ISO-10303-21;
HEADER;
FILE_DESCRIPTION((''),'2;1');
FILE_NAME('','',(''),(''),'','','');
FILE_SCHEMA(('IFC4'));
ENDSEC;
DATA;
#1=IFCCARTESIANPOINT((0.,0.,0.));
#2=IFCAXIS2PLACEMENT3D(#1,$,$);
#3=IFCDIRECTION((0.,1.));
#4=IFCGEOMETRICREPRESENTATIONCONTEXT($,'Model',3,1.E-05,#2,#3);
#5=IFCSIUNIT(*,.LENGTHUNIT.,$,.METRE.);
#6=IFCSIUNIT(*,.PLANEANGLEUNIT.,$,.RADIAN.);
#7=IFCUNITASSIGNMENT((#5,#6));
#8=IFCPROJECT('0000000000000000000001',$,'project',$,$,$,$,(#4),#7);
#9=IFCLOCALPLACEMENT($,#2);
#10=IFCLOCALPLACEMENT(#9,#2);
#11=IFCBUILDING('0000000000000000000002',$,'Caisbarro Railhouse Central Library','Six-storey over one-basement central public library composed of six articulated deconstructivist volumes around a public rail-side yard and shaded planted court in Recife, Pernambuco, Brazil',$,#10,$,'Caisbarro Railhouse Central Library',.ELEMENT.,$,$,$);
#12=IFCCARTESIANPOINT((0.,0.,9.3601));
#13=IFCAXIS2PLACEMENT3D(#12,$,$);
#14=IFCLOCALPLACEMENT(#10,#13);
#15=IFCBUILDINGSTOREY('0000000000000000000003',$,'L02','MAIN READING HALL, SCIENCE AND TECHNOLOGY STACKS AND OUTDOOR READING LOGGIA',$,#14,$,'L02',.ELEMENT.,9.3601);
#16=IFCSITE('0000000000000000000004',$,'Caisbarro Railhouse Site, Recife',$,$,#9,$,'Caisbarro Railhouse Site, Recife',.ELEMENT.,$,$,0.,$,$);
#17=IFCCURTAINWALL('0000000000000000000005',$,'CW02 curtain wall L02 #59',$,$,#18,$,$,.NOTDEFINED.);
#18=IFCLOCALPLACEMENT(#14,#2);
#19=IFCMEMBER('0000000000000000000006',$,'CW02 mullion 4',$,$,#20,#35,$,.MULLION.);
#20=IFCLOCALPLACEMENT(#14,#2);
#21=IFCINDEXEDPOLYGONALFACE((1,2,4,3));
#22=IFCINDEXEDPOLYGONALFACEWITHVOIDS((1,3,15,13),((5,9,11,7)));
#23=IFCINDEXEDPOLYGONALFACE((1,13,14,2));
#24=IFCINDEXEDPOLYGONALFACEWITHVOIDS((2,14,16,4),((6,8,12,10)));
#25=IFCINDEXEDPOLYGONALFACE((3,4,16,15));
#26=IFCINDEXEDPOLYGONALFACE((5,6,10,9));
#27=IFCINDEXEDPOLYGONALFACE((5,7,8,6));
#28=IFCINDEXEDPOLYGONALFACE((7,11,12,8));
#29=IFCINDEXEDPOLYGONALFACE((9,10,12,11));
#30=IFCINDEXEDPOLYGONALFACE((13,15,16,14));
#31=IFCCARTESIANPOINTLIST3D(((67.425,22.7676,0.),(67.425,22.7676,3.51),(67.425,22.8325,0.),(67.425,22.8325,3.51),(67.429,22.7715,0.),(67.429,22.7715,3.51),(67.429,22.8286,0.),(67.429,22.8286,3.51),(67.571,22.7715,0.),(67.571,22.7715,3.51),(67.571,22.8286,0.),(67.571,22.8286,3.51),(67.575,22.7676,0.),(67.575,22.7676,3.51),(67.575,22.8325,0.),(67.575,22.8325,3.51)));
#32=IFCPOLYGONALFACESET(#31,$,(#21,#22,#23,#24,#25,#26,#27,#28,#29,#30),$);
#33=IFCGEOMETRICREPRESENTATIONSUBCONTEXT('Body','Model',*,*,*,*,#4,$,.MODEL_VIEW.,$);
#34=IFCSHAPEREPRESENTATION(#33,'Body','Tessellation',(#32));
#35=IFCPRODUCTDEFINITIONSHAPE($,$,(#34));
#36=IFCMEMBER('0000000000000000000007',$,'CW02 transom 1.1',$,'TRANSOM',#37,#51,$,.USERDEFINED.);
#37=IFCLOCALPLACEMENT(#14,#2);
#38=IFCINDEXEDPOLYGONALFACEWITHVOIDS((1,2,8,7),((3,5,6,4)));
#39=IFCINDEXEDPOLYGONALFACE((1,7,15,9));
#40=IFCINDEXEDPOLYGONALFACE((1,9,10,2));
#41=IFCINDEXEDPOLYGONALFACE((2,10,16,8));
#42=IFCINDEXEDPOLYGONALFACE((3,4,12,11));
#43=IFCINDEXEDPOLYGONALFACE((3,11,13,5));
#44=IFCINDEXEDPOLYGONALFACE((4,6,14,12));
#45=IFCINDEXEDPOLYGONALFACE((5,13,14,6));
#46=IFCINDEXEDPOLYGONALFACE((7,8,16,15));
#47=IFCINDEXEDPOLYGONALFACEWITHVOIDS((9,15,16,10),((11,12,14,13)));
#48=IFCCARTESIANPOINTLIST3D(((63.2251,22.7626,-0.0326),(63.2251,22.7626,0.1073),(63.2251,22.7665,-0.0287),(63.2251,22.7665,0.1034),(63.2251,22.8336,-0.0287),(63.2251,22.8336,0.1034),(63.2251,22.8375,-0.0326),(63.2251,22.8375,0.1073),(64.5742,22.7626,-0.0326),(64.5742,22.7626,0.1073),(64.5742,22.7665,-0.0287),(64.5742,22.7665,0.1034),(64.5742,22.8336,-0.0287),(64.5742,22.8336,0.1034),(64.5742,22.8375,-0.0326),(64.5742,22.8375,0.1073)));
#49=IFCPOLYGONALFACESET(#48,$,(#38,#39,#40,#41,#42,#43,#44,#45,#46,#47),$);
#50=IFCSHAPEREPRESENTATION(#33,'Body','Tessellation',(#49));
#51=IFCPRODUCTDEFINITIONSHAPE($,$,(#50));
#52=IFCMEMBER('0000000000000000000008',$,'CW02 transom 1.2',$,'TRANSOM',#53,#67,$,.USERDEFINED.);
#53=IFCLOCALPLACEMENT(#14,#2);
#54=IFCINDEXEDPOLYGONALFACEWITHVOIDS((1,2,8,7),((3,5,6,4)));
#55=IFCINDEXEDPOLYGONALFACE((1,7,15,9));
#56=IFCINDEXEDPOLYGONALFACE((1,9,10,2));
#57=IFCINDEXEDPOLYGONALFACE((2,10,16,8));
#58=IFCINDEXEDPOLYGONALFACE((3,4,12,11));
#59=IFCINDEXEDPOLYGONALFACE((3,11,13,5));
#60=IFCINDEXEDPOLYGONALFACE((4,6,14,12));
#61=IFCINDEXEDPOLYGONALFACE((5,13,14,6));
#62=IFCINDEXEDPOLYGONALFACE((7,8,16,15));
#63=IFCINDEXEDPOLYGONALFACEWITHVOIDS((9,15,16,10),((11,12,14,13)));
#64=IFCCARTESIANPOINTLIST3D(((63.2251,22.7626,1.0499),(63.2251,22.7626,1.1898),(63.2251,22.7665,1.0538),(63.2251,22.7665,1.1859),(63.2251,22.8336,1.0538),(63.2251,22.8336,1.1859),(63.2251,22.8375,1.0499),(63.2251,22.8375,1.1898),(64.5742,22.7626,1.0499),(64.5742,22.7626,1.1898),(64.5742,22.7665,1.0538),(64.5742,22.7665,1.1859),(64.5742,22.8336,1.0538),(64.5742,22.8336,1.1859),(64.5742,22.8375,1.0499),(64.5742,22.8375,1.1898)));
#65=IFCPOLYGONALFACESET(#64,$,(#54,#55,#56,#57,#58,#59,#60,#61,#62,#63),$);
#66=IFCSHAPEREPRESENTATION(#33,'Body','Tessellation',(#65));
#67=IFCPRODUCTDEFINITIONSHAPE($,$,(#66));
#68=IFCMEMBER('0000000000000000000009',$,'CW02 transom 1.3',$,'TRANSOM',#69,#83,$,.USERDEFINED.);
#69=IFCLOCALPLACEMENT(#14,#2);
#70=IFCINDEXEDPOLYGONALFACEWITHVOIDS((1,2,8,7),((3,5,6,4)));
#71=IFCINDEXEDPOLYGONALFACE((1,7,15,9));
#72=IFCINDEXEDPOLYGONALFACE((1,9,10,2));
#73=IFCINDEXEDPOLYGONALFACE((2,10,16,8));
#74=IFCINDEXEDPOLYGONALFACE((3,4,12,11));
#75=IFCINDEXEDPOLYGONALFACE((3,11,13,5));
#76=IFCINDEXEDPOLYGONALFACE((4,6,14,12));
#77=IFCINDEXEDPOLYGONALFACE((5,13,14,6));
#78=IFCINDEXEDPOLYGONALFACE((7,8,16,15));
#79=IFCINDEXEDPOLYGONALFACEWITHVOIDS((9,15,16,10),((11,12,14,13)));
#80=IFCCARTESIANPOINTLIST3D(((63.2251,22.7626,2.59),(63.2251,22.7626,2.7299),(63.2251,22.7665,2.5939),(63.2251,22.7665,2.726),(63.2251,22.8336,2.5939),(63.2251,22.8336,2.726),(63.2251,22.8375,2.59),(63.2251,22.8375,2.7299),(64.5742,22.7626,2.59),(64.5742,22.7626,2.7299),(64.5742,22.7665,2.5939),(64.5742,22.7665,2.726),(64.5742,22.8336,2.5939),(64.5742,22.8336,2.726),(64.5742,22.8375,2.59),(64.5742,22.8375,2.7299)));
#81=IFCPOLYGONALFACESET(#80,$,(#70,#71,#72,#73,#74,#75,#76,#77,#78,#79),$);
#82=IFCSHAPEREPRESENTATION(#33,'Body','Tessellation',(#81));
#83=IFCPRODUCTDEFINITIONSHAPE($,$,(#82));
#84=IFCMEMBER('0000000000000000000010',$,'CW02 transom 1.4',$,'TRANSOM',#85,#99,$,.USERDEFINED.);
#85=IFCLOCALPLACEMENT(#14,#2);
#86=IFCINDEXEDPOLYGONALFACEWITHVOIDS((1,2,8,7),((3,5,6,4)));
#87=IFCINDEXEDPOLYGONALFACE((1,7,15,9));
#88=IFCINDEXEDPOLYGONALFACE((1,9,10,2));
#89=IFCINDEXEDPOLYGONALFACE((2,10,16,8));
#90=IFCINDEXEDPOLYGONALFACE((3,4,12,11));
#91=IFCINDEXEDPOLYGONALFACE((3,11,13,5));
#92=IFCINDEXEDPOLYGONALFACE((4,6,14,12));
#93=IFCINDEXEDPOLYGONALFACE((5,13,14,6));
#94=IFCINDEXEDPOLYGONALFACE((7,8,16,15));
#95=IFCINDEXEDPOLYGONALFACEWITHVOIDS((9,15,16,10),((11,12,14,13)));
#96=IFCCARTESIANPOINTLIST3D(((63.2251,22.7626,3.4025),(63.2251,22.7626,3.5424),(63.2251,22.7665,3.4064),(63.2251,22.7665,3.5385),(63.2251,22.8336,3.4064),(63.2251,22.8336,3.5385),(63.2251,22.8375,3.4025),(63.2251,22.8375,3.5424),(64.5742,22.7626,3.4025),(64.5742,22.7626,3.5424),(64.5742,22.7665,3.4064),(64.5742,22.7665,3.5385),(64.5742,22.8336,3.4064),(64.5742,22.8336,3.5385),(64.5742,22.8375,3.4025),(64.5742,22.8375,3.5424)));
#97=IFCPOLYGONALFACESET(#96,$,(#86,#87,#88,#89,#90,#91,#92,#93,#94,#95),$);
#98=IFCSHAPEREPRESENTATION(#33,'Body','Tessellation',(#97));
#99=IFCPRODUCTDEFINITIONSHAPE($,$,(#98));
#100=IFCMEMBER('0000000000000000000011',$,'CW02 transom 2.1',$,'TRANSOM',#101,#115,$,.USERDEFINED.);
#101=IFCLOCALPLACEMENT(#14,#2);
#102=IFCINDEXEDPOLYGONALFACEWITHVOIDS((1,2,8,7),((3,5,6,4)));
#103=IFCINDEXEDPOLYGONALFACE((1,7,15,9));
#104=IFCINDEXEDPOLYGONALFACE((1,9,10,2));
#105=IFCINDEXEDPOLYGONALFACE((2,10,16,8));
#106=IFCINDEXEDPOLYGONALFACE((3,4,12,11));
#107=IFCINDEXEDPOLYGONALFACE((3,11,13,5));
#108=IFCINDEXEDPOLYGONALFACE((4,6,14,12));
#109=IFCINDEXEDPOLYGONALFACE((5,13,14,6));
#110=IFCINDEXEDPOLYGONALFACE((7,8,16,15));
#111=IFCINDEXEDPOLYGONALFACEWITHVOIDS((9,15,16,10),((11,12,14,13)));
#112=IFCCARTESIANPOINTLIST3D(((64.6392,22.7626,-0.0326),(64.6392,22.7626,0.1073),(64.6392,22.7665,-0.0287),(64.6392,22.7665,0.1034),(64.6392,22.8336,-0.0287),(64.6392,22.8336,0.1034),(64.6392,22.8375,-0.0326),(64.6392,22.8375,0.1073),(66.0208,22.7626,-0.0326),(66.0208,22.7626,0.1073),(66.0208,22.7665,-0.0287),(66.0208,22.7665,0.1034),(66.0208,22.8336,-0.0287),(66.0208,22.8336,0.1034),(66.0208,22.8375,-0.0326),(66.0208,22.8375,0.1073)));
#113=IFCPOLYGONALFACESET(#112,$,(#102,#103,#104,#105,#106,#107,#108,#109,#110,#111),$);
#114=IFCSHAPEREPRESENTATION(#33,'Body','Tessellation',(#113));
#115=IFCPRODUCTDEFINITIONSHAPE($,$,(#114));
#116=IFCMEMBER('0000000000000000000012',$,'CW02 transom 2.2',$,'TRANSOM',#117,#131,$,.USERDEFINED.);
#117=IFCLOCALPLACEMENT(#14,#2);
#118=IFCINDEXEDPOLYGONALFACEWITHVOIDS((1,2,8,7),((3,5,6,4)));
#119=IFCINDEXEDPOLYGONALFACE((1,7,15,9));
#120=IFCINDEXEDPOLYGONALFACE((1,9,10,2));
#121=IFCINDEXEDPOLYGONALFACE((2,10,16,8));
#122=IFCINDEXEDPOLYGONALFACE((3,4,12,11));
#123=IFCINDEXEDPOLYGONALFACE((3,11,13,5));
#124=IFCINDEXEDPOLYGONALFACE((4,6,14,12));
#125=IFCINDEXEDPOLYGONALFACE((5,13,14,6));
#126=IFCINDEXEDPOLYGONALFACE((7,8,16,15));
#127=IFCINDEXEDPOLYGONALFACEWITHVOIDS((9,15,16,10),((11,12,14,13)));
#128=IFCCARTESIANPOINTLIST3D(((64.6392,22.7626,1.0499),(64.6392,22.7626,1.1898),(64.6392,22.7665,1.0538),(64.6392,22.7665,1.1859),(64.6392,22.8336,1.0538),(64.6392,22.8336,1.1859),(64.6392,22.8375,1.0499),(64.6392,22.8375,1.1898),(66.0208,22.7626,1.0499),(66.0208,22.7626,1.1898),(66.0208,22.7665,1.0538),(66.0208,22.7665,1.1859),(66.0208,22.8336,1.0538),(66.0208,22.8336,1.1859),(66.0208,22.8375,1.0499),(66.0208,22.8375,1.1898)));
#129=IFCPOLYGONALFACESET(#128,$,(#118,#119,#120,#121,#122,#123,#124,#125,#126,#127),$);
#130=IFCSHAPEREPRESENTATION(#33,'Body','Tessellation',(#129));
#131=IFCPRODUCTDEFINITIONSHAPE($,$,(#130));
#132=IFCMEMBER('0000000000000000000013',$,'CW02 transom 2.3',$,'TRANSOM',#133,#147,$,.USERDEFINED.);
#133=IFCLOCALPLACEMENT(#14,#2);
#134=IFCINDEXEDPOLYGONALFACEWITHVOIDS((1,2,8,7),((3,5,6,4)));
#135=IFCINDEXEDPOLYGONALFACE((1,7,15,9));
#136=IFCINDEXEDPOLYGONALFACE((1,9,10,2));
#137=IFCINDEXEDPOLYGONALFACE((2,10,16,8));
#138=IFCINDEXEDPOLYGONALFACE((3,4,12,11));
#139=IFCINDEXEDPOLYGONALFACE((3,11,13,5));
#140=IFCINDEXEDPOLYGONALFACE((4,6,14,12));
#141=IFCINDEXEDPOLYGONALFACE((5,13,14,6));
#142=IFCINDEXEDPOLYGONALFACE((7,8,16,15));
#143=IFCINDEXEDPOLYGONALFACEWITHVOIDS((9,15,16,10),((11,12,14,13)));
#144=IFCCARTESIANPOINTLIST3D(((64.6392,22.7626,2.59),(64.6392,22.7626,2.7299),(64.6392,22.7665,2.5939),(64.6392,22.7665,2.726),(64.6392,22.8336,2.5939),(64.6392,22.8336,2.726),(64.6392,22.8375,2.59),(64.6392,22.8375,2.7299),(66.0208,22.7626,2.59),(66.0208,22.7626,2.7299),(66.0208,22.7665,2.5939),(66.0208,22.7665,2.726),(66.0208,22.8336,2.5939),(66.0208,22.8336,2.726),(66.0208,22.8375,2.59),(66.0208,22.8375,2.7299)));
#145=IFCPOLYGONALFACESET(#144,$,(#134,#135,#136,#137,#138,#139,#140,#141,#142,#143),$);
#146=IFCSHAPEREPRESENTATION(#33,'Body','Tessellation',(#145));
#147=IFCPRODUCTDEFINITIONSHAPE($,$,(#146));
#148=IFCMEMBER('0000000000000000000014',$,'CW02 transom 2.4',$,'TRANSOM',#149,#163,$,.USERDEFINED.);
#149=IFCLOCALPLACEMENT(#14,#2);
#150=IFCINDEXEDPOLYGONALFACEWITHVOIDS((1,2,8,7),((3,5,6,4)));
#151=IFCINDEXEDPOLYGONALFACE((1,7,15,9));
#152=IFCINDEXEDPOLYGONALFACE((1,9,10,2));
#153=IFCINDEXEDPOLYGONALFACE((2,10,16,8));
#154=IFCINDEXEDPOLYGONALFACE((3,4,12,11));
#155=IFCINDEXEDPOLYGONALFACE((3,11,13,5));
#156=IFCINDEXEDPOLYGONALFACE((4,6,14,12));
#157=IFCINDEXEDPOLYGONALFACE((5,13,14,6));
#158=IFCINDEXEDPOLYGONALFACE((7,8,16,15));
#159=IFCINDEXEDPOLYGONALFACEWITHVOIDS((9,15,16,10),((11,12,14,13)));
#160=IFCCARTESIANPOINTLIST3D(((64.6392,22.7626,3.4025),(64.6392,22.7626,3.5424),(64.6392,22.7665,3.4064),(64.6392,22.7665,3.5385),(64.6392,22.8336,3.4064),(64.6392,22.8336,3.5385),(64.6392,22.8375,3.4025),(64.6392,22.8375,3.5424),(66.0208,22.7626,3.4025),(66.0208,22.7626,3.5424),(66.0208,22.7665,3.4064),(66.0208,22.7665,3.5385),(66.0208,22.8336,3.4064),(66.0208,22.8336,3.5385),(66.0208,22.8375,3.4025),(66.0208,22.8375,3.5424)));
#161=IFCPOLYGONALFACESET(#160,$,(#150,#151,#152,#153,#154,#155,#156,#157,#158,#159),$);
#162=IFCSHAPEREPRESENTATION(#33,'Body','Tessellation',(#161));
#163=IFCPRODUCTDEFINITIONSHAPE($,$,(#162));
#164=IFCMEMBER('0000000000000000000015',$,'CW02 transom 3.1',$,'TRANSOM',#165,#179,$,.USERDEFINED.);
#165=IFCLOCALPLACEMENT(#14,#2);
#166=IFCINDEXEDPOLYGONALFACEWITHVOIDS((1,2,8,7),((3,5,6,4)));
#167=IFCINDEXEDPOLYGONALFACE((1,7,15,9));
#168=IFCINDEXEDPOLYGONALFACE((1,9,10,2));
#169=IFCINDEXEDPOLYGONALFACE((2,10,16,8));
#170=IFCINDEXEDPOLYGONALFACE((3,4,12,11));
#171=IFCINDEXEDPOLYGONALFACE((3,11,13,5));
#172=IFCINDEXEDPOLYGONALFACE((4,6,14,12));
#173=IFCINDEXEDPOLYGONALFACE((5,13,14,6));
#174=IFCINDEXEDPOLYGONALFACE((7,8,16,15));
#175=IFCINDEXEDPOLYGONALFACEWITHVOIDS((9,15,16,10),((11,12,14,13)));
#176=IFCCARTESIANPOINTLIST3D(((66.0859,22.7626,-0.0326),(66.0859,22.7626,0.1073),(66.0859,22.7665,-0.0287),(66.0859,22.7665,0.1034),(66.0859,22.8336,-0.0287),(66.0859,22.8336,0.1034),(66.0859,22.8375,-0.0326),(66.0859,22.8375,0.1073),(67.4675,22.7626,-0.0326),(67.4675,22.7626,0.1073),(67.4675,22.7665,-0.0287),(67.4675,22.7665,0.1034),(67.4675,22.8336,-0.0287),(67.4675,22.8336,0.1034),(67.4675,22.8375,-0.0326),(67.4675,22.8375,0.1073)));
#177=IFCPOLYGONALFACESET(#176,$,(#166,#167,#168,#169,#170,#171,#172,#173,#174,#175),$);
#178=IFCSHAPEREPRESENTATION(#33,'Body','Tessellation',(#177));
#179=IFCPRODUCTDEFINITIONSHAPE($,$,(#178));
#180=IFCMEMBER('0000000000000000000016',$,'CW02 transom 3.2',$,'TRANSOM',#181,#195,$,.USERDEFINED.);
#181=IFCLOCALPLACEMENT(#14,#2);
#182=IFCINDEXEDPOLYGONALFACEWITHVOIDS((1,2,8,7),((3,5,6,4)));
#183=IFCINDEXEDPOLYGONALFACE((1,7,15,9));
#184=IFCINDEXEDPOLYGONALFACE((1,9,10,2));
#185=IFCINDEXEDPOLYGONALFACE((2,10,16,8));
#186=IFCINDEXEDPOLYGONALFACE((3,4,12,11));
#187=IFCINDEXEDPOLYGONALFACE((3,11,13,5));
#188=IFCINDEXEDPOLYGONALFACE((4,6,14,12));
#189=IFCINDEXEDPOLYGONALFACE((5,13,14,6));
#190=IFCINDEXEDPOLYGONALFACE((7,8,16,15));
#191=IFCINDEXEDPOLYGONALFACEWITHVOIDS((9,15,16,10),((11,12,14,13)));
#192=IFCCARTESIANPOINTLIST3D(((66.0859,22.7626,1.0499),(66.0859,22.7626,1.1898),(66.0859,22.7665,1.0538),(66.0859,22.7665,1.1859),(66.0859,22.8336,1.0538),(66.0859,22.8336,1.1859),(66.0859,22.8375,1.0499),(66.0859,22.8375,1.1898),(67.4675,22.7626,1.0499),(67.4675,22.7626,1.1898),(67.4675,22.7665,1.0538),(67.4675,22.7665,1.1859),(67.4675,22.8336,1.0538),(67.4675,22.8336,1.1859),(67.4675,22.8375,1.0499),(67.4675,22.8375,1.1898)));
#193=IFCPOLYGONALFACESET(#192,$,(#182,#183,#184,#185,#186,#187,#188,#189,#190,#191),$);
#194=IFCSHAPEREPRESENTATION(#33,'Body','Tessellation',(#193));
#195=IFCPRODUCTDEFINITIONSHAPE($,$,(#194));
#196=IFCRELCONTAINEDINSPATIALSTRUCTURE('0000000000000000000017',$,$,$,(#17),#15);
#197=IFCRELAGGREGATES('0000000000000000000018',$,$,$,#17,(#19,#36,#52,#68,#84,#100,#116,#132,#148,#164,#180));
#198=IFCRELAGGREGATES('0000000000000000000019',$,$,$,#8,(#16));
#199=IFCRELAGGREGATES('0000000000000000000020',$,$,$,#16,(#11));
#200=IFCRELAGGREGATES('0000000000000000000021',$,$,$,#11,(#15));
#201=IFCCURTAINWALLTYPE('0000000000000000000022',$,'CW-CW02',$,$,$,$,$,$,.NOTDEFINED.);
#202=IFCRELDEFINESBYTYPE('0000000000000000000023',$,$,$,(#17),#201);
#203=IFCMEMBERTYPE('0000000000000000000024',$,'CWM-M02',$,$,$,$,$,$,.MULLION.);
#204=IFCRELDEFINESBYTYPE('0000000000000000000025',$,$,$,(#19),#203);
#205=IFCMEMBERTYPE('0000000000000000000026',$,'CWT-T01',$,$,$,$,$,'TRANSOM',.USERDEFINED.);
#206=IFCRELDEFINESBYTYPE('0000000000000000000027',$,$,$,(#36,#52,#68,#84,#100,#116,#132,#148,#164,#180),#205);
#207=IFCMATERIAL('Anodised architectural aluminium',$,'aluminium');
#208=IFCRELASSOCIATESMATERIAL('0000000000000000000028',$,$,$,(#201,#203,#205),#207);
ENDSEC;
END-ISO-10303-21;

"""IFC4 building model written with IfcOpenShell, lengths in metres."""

from ifc_helpers import new_model, si_unit, direction, frame, origin, origin_2d, place, context, subcontext, project, spatial, hollow_rectangle, extrude, material, material_profile, profile_set, type_object, element, aggregate, save


model = new_model("IFC4")

# Units and contexts
model_context = context("Model", 3, precision=1e-05, world=origin(), true_north=direction((0.0, 1.0)))
body_context = subcontext(model_context, "Body", "Model", "MODEL_VIEW")
ifc_project = project(units=[si_unit("LENGTHUNIT", "METRE"), si_unit("PLANEANGLEUNIT", "RADIAN")], contexts=[model_context])

# Site, building, storey
site_placement = place(None, origin())
site = spatial("IfcSite", under=ifc_project, at=site_placement, Name="Caisbarro Railhouse Site, Recife", LongName="Caisbarro Railhouse Site, Recife", CompositionType="ELEMENT", RefElevation=0.0)
building_placement = place(site_placement, origin())
building = spatial("IfcBuilding", under=site, at=building_placement, Name="Caisbarro Railhouse Central Library", Description="Six-storey over one-basement central public library composed of six articulated deconstructivist volumes around a public rail-side yard and shaded planted court in Recife, Pernambuco, Brazil", LongName="Caisbarro Railhouse Central Library", CompositionType="ELEMENT")
storey_placement = place(building_placement, frame((0.0, 0.0, 9.3601)))
storey = spatial("IfcBuildingStorey", under=building, at=storey_placement, Name="L02", Description="MAIN READING HALL, SCIENCE AND TECHNOLOGY STACKS AND OUTDOOR READING LOGGIA", LongName="L02", CompositionType="ELEMENT", Elevation=9.3601)

# Curtain wall, members
ifc_material_1 = material(Name="Anodised architectural aluminium", Category="aluminium")
curtain_wall_type = type_object("IfcCurtainWallType", Name="CW-CW02", PredefinedType="NOTDEFINED", material=ifc_material_1)
curtain_wall_placement = place(storey_placement, origin())
curtain_wall = element("IfcCurtainWall", 1, at=curtain_wall_placement, inside=storey, type_object=curtain_wall_type, Name="CW02 curtain wall L02 #59", PredefinedType="NOTDEFINED")
ifc_material_profile_1 = material_profile(ifc_material_1, hollow_rectangle(XDim=0.0649, YDim=0.1499, WallThickness=0.0039, at=origin_2d()), Name="ALU-MUL-65X150")
ifc_profile_set_1 = profile_set([ifc_material_profile_1], Name="Anodised architectural aluminium")
member_type_1 = type_object("IfcMemberType", Name="CWM-M02", PredefinedType="MULLION", material=ifc_profile_set_1)
member_1_placement = place(storey_placement, frame((67.5, 22.8, 0.0), z_axis=(0.0, 0.0, 1.0), x_axis=(0.0, 1.0, 0.0)))
member_1 = element("IfcMember", 2, at=member_1_placement, type_object=member_type_1, Name="CW02 mullion 4", PredefinedType="MULLION", context=body_context, shape_type="SweptSolid", body=[
    extrude(hollow_rectangle(XDim=0.0649, YDim=0.1499, WallThickness=0.0039, at=origin_2d()), origin(), (0.0, 0.0, 1.0), 3.51),
])
ifc_material_profile_2 = material_profile(ifc_material_1, hollow_rectangle(XDim=0.075, YDim=0.1399, WallThickness=0.0039, at=origin_2d()), Name="ALU-TRN-75X140")
ifc_profile_set_2 = profile_set([ifc_material_profile_2], Name="Anodised architectural aluminium")
member_type_2 = type_object("IfcMemberType", Name="CWT-T01", ElementType="TRANSOM", PredefinedType="USERDEFINED", material=ifc_profile_set_2)
member_2_placement = place(storey_placement, frame((63.2251, 22.8, 0.0374), z_axis=(1.0, 0.0, 0.0), x_axis=(0.0, 1.0, 0.0)))
member_2 = element("IfcMember", 3, at=member_2_placement, type_object=member_type_2, Name="CW02 transom 1.1", ObjectType="TRANSOM", PredefinedType="USERDEFINED", context=body_context, shape_type="SweptSolid", body=[
    extrude(hollow_rectangle(XDim=0.075, YDim=0.1399, WallThickness=0.0039, at=origin_2d()), origin(), (0.0, 0.0, 1.0), 1.3491),
])
member_3_placement = place(storey_placement, frame((63.2251, 22.8, 1.1199), z_axis=(1.0, 0.0, 0.0), x_axis=(0.0, 1.0, 0.0)))
member_3 = element("IfcMember", 4, at=member_3_placement, type_object=member_type_2, Name="CW02 transom 1.2", ObjectType="TRANSOM", PredefinedType="USERDEFINED", context=body_context, shape_type="SweptSolid", body=[
    extrude(hollow_rectangle(XDim=0.075, YDim=0.1399, WallThickness=0.0039, at=origin_2d()), origin(), (0.0, 0.0, 1.0), 1.3491),
])
member_4_placement = place(storey_placement, frame((63.2251, 22.8, 2.6599), z_axis=(1.0, 0.0, 0.0), x_axis=(0.0, 1.0, 0.0)))
member_4 = element("IfcMember", 5, at=member_4_placement, type_object=member_type_2, Name="CW02 transom 1.3", ObjectType="TRANSOM", PredefinedType="USERDEFINED", context=body_context, shape_type="SweptSolid", body=[
    extrude(hollow_rectangle(XDim=0.075, YDim=0.1399, WallThickness=0.0039, at=origin_2d()), origin(), (0.0, 0.0, 1.0), 1.3491),
])
member_5_placement = place(storey_placement, frame((63.2251, 22.8, 3.4724), z_axis=(1.0, 0.0, 0.0), x_axis=(0.0, 1.0, 0.0)))
member_5 = element("IfcMember", 6, at=member_5_placement, type_object=member_type_2, Name="CW02 transom 1.4", ObjectType="TRANSOM", PredefinedType="USERDEFINED", context=body_context, shape_type="SweptSolid", body=[
    extrude(hollow_rectangle(XDim=0.075, YDim=0.1399, WallThickness=0.0039, at=origin_2d()), origin(), (0.0, 0.0, 1.0), 1.3491),
])
member_6_placement = place(storey_placement, frame((64.6392, 22.8, 0.0374), z_axis=(1.0, 0.0, 0.0), x_axis=(0.0, 1.0, 0.0)))
member_6 = element("IfcMember", 7, at=member_6_placement, type_object=member_type_2, Name="CW02 transom 2.1", ObjectType="TRANSOM", PredefinedType="USERDEFINED", context=body_context, shape_type="SweptSolid", body=[
    extrude(hollow_rectangle(XDim=0.075, YDim=0.1399, WallThickness=0.0039, at=origin_2d()), origin(), (0.0, 0.0, 1.0), 1.3816),
])
member_7_placement = place(storey_placement, frame((64.6392, 22.8, 1.1199), z_axis=(1.0, 0.0, 0.0), x_axis=(0.0, 1.0, 0.0)))
member_7 = element("IfcMember", 8, at=member_7_placement, type_object=member_type_2, Name="CW02 transom 2.2", ObjectType="TRANSOM", PredefinedType="USERDEFINED", context=body_context, shape_type="SweptSolid", body=[
    extrude(hollow_rectangle(XDim=0.075, YDim=0.1399, WallThickness=0.0039, at=origin_2d()), origin(), (0.0, 0.0, 1.0), 1.3816),
])
member_8_placement = place(storey_placement, frame((64.6392, 22.8, 2.6599), z_axis=(1.0, 0.0, 0.0), x_axis=(0.0, 1.0, 0.0)))
member_8 = element("IfcMember", 9, at=member_8_placement, type_object=member_type_2, Name="CW02 transom 2.3", ObjectType="TRANSOM", PredefinedType="USERDEFINED", context=body_context, shape_type="SweptSolid", body=[
    extrude(hollow_rectangle(XDim=0.075, YDim=0.1399, WallThickness=0.0039, at=origin_2d()), origin(), (0.0, 0.0, 1.0), 1.3816),
])
member_9_placement = place(storey_placement, frame((64.6392, 22.8, 3.4724), z_axis=(1.0, 0.0, 0.0), x_axis=(0.0, 1.0, 0.0)))
member_9 = element("IfcMember", 10, at=member_9_placement, type_object=member_type_2, Name="CW02 transom 2.4", ObjectType="TRANSOM", PredefinedType="USERDEFINED", context=body_context, shape_type="SweptSolid", body=[
    extrude(hollow_rectangle(XDim=0.075, YDim=0.1399, WallThickness=0.0039, at=origin_2d()), origin(), (0.0, 0.0, 1.0), 1.3816),
])
member_10_placement = place(storey_placement, frame((66.0859, 22.8, 0.0374), z_axis=(1.0, 0.0, 0.0), x_axis=(0.0, 1.0, 0.0)))
member_10 = element("IfcMember", 11, at=member_10_placement, type_object=member_type_2, Name="CW02 transom 3.1", ObjectType="TRANSOM", PredefinedType="USERDEFINED", context=body_context, shape_type="SweptSolid", body=[
    extrude(hollow_rectangle(XDim=0.075, YDim=0.1399, WallThickness=0.0039, at=origin_2d()), origin(), (0.0, 0.0, 1.0), 1.3816),
])
member_11_placement = place(storey_placement, frame((66.0859, 22.8, 1.1199), z_axis=(1.0, 0.0, 0.0), x_axis=(0.0, 1.0, 0.0)))
member_11 = element("IfcMember", 12, at=member_11_placement, type_object=member_type_2, Name="CW02 transom 3.2", ObjectType="TRANSOM", PredefinedType="USERDEFINED", context=body_context, shape_type="SweptSolid", body=[
    extrude(hollow_rectangle(XDim=0.075, YDim=0.1399, WallThickness=0.0039, at=origin_2d()), origin(), (0.0, 0.0, 1.0), 1.3816),
])
aggregate(curtain_wall, [member_1, member_2, member_3, member_4, member_5, member_6, member_7, member_8, member_9, member_10, member_11])

save(model, "model.ifc")
